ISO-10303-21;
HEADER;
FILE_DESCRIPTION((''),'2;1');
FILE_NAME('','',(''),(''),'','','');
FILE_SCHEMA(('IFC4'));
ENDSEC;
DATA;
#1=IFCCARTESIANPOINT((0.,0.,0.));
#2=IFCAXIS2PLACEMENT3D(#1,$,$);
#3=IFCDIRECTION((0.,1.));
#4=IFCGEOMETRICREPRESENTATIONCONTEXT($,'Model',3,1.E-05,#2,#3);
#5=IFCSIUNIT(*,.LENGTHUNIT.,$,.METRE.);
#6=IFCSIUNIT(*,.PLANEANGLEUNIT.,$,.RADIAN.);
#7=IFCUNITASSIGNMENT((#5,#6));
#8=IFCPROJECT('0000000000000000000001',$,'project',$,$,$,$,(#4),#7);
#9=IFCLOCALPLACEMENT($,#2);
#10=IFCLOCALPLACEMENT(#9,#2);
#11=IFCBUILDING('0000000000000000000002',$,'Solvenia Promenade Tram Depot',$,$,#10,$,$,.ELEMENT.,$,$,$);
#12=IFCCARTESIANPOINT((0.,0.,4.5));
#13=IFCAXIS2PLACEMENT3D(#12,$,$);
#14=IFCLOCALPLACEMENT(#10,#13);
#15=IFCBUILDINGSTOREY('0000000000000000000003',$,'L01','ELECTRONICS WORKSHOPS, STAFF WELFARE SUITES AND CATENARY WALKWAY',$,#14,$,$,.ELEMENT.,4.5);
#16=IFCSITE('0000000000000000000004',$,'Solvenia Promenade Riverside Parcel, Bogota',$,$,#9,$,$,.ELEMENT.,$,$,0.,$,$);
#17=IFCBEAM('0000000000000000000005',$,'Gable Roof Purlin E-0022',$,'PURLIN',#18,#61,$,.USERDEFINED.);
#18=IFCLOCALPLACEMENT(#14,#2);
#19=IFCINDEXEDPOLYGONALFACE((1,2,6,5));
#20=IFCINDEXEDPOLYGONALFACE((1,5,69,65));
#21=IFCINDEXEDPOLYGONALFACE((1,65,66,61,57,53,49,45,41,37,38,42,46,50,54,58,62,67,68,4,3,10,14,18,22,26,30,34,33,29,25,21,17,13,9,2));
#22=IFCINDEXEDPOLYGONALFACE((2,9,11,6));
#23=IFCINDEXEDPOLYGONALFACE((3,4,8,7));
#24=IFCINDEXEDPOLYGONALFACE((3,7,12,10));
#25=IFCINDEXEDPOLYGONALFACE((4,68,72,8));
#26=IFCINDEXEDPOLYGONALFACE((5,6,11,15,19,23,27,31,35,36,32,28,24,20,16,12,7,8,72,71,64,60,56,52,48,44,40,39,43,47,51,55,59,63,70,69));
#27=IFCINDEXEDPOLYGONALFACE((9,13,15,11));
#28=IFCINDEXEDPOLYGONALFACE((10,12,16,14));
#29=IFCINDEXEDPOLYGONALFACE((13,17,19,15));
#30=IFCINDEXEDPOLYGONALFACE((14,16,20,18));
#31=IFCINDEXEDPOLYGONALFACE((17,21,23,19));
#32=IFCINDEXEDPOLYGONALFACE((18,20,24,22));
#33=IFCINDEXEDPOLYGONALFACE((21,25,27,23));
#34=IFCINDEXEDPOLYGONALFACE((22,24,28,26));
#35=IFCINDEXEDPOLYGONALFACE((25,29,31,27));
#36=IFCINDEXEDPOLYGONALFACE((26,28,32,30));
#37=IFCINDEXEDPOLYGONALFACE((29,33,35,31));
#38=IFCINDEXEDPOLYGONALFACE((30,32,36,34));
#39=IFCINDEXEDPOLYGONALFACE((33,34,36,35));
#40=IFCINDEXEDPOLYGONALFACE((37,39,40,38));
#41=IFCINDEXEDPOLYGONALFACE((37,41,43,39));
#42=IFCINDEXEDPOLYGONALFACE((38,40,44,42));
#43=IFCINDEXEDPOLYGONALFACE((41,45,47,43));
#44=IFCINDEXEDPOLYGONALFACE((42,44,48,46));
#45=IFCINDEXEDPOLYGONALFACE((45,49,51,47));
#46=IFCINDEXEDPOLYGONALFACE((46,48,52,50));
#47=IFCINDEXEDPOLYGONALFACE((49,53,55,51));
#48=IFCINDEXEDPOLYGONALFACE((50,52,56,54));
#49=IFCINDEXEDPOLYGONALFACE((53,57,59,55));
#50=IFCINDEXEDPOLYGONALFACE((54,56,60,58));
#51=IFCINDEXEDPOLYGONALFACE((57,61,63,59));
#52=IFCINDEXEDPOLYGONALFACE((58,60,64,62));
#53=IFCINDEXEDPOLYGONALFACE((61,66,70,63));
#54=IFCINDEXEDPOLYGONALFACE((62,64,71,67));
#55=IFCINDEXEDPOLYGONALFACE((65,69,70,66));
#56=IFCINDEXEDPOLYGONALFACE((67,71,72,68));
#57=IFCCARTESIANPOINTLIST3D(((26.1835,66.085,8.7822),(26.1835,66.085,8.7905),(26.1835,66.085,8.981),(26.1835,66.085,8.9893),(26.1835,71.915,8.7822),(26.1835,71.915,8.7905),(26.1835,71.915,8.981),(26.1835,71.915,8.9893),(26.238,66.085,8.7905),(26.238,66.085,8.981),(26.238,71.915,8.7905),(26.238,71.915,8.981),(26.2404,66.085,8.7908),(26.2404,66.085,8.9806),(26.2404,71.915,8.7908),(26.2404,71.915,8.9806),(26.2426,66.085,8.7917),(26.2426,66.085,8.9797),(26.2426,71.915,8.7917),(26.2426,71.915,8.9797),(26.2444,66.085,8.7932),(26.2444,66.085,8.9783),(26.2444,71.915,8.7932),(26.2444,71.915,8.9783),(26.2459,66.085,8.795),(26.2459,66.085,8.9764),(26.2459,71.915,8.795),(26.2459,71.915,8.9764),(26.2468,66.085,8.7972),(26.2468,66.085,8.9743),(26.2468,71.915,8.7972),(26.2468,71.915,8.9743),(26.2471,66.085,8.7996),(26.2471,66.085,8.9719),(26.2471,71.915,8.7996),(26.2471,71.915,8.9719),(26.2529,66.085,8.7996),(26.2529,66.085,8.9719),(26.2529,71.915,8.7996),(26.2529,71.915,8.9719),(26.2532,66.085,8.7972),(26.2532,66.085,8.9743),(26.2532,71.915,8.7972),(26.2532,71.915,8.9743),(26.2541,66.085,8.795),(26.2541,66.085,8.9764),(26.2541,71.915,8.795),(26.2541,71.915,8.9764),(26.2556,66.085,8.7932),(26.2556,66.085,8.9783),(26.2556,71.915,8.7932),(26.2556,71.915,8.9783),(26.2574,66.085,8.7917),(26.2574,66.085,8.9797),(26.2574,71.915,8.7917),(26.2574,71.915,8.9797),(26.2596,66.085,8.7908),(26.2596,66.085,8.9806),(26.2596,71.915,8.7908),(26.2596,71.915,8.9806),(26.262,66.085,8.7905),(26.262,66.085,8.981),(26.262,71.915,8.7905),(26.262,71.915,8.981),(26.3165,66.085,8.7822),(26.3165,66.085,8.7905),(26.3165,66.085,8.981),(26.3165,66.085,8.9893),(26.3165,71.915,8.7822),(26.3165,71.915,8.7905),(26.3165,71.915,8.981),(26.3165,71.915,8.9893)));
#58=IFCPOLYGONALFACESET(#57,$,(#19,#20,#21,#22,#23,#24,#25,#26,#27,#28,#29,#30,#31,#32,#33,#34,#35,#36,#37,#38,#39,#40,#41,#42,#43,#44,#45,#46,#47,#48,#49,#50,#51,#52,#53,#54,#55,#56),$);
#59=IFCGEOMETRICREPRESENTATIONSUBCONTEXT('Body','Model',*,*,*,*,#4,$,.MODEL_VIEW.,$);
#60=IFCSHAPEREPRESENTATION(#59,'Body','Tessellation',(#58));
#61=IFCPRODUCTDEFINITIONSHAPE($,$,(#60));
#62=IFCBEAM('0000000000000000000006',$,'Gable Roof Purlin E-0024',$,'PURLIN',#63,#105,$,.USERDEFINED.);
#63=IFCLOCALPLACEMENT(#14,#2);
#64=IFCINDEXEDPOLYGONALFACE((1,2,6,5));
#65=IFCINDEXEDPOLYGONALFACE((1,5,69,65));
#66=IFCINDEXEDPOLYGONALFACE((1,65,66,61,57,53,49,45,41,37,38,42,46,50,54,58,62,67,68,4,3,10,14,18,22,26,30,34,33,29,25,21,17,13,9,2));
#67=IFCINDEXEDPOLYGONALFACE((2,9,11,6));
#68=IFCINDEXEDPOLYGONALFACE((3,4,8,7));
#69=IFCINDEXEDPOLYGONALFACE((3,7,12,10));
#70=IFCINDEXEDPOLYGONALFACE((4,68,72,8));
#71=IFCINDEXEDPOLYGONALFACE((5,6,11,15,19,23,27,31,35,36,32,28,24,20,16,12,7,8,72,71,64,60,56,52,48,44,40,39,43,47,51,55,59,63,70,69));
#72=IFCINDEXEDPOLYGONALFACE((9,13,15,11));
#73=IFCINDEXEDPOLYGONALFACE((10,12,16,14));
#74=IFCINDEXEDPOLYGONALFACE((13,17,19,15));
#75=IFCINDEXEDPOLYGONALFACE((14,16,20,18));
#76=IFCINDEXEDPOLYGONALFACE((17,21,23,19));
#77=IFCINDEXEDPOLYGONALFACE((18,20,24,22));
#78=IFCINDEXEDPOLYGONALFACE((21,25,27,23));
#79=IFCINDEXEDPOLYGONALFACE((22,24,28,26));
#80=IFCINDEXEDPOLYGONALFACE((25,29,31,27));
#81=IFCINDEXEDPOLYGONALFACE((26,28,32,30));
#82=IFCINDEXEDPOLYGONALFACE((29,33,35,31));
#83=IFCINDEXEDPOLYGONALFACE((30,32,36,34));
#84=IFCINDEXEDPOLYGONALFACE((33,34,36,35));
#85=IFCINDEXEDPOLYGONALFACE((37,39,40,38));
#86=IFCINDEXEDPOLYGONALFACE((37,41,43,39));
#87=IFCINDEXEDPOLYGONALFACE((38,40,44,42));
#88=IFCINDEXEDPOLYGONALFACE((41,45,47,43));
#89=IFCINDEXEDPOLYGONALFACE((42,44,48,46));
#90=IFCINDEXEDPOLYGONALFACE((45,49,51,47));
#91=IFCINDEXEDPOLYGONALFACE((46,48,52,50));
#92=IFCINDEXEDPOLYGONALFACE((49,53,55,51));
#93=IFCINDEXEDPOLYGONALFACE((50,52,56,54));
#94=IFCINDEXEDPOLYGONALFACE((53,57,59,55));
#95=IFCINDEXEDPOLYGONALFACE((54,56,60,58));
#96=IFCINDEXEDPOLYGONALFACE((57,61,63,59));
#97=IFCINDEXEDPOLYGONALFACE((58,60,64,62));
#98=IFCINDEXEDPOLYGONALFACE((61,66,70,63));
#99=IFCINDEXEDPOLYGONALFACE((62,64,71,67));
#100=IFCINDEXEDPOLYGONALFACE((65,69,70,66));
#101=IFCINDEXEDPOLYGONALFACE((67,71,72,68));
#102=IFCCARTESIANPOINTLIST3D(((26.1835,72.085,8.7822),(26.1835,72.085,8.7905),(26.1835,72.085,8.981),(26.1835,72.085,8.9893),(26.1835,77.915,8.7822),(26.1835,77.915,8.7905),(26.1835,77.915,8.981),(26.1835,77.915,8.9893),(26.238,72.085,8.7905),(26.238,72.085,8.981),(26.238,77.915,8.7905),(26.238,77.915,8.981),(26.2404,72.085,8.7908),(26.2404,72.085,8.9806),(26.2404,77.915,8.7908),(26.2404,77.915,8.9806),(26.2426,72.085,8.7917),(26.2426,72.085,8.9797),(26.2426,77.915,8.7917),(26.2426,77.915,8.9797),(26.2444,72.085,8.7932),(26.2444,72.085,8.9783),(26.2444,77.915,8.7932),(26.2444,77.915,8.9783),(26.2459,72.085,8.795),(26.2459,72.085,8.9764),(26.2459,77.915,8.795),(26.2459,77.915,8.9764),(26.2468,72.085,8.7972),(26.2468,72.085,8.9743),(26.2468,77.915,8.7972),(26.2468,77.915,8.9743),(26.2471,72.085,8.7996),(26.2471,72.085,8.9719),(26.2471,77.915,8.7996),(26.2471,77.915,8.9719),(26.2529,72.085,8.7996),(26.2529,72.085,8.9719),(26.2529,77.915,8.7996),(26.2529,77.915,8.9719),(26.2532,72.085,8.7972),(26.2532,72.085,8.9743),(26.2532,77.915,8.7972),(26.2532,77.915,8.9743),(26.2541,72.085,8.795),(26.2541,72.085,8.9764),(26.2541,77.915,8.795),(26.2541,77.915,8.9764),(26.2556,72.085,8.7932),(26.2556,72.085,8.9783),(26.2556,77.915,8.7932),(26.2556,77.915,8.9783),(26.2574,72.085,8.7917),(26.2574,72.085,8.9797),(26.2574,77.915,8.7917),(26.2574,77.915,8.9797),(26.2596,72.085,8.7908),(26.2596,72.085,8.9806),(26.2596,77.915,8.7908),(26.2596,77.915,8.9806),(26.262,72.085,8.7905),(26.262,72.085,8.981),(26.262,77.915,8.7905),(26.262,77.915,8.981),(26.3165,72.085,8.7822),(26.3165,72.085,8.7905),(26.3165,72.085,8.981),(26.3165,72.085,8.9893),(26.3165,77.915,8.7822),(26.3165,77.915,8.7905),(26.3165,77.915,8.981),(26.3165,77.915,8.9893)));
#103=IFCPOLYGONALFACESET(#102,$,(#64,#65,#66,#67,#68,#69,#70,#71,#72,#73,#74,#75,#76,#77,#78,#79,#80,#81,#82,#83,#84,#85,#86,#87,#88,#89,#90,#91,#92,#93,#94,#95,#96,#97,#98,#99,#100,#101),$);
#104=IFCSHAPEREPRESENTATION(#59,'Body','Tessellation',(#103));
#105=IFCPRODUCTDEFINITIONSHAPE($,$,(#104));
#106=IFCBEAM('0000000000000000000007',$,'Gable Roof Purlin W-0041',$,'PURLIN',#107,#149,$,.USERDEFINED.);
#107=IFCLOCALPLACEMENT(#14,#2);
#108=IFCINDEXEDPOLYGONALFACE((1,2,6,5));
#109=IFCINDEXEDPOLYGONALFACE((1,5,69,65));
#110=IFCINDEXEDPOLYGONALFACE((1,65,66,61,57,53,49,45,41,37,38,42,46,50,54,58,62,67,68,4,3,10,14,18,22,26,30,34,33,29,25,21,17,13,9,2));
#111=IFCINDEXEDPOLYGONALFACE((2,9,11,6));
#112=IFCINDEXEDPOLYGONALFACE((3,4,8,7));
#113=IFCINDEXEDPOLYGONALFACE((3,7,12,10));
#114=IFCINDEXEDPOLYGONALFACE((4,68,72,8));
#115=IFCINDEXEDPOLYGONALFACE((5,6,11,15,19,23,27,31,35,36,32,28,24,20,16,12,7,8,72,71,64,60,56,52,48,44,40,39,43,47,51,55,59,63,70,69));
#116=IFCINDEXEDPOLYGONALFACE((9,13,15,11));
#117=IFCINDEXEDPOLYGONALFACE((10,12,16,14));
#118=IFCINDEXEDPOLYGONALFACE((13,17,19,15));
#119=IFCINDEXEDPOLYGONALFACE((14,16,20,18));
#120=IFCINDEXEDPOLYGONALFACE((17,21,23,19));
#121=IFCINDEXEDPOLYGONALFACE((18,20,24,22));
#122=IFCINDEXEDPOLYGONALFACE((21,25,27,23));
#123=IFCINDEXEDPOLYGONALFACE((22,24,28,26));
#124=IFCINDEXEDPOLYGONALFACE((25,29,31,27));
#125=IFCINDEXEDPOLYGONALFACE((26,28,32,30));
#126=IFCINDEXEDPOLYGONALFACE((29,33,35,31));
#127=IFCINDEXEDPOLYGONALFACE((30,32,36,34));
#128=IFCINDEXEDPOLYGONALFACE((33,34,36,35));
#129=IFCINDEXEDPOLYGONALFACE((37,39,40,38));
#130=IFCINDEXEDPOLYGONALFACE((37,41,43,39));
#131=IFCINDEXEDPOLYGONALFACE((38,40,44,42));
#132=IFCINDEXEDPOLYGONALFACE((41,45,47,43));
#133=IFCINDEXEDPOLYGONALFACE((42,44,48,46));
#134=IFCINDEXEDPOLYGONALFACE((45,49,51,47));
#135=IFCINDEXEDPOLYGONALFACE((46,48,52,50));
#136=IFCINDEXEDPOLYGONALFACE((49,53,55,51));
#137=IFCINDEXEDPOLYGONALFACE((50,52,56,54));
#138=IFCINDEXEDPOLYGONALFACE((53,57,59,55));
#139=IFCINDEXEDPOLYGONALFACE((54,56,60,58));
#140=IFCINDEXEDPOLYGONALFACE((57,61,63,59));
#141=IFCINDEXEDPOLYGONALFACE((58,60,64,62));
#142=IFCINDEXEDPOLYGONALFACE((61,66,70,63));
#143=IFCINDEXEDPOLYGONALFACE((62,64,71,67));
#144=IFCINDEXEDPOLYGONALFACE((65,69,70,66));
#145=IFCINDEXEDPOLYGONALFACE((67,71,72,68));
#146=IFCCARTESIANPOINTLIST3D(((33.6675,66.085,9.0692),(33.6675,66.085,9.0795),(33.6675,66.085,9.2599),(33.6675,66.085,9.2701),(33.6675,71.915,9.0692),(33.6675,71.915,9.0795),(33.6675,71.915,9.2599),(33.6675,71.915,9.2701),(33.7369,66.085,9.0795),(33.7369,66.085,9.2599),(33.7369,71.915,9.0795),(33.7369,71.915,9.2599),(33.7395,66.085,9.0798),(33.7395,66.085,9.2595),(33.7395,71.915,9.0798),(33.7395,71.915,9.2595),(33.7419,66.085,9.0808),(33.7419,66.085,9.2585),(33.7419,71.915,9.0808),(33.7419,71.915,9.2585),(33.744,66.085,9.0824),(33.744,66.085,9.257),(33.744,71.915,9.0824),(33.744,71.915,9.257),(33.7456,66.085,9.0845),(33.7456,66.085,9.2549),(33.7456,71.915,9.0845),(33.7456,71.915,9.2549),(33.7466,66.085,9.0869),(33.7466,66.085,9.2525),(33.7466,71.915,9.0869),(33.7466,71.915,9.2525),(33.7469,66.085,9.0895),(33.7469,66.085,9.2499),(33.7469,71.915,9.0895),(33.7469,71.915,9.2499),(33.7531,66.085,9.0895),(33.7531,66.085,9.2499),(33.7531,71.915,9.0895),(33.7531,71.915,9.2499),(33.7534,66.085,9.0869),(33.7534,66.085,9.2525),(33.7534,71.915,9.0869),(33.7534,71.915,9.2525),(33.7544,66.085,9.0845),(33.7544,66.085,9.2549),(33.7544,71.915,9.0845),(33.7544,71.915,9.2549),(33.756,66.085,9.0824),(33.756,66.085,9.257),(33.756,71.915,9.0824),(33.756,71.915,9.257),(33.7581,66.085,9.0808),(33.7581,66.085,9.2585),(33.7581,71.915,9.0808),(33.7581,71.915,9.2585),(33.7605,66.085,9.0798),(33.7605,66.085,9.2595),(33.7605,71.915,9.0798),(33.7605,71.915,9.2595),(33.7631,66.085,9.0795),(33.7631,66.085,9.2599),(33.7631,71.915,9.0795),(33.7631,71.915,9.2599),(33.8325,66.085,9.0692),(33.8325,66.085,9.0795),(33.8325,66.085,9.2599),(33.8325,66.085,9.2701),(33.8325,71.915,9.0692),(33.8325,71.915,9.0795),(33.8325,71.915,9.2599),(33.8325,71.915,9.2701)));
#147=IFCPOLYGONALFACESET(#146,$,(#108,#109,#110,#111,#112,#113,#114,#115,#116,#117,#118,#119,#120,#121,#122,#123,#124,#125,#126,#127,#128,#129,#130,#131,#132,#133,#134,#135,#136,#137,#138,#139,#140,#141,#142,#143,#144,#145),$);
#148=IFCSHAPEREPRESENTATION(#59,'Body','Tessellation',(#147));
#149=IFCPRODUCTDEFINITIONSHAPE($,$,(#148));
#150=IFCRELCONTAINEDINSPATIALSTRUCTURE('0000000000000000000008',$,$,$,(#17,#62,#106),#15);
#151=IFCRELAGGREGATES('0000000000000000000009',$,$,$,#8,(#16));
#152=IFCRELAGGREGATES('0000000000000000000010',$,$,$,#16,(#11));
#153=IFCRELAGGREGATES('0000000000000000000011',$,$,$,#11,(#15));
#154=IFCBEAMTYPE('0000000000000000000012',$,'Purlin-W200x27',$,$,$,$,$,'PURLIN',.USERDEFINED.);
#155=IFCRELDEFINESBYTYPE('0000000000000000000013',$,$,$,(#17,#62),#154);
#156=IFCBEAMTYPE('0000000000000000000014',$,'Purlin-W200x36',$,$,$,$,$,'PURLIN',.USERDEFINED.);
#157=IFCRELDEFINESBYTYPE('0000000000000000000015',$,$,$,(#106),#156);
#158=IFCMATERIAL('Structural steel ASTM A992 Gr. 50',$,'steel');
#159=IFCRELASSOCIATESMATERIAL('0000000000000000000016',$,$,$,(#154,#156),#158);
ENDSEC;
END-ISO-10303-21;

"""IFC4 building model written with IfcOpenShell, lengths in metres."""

from ifc_helpers import new_model, si_unit, direction, frame, origin, origin_2d, place, context, subcontext, project, spatial, i_section, extrude, material, material_profile, profile_set, type_object, element, save


model = new_model("IFC4")

# Units and contexts
model_context = context("Model", 3, precision=1e-05, world=origin(), true_north=direction((0.0, 1.0)))
body_context = subcontext(model_context, "Body", "Model", "MODEL_VIEW")
ifc_project = project(units=[si_unit("LENGTHUNIT", "METRE"), si_unit("PLANEANGLEUNIT", "RADIAN")], contexts=[model_context])

# Site, building, storey
site_placement = place(None, origin())
site = spatial("IfcSite", under=ifc_project, at=site_placement, Name="Solvenia Promenade Riverside Parcel, Bogota", CompositionType="ELEMENT", RefElevation=0.0)
building_placement = place(site_placement, origin())
building = spatial("IfcBuilding", under=site, at=building_placement, Name="Solvenia Promenade Tram Depot", CompositionType="ELEMENT")
storey_placement = place(building_placement, frame((0.0, 0.0, 4.5)))
storey = spatial("IfcBuildingStorey", under=building, at=storey_placement, Name="L01", Description="ELECTRONICS WORKSHOPS, STAFF WELFARE SUITES AND CATENARY WALKWAY", CompositionType="ELEMENT", Elevation=4.5)

# Shared definitions
ifc_material_1 = material(Name="Structural steel ASTM A992 Gr. 50", Category="steel")

# Beams
ifc_material_profile_1 = material_profile(ifc_material_1, i_section(OverallWidth=0.1331, OverallDepth=0.207, WebThickness=0.0059, FlangeThickness=0.0083, FilletRadius=0.009, at=origin_2d()), Name="W200x27", Category="steel")
ifc_profile_set_1 = profile_set([ifc_material_profile_1], Name="Structural steel ASTM A992 Gr. 50")
beam_type_1 = type_object("IfcBeamType", Name="Purlin-W200x27", ElementType="PURLIN", PredefinedType="USERDEFINED", material=ifc_profile_set_1)
for number, where, z_axis, x_axis, name in (
    (1, (26.25, 66.085, 8.8857), (0.0, 1.0, 0.0), (-1.0, 0.0, 0.0), "Gable Roof Purlin E-0022"),
    (2, (26.25, 72.085, 8.8857), (0.0, 1.0, 0.0), (-1.0, 0.0, 0.0), "Gable Roof Purlin E-0024"),
):
    element("IfcBeam", number, at=place(storey_placement, frame(where, z_axis=z_axis, x_axis=x_axis)), inside=storey, type_object=beam_type_1, Name=name, ObjectType="PURLIN", PredefinedType="USERDEFINED", context=body_context, shape_type="SweptSolid", body=[
        extrude(i_section(OverallWidth=0.1331, OverallDepth=0.207, WebThickness=0.0059, FlangeThickness=0.0083, FilletRadius=0.009, at=origin_2d()), origin(), (0.0, 0.0, 1.0), 5.8301),
    ])
ifc_material_profile_2 = material_profile(ifc_material_1, i_section(OverallWidth=0.165, OverallDepth=0.2009, WebThickness=0.0061, FlangeThickness=0.0103, FilletRadius=0.01, at=origin_2d()), Name="W200x36", Category="steel")
ifc_profile_set_2 = profile_set([ifc_material_profile_2], Name="Structural steel ASTM A992 Gr. 50")
beam_type_2 = type_object("IfcBeamType", Name="Purlin-W200x36", ElementType="PURLIN", PredefinedType="USERDEFINED", material=ifc_profile_set_2)
beam_placement = place(storey_placement, frame((33.75, 66.085, 9.1697), z_axis=(0.0, 1.0, 0.0), x_axis=(-1.0, 0.0, 0.0)))
element("IfcBeam", 3, at=beam_placement, inside=storey, type_object=beam_type_2, Name="Gable Roof Purlin W-0041", ObjectType="PURLIN", PredefinedType="USERDEFINED", context=body_context, shape_type="SweptSolid", body=[
    extrude(i_section(OverallWidth=0.165, OverallDepth=0.2009, WebThickness=0.0061, FlangeThickness=0.0103, FilletRadius=0.01, at=origin_2d()), origin(), (0.0, 0.0, 1.0), 5.8301),
])

save(model, "model.ifc")
